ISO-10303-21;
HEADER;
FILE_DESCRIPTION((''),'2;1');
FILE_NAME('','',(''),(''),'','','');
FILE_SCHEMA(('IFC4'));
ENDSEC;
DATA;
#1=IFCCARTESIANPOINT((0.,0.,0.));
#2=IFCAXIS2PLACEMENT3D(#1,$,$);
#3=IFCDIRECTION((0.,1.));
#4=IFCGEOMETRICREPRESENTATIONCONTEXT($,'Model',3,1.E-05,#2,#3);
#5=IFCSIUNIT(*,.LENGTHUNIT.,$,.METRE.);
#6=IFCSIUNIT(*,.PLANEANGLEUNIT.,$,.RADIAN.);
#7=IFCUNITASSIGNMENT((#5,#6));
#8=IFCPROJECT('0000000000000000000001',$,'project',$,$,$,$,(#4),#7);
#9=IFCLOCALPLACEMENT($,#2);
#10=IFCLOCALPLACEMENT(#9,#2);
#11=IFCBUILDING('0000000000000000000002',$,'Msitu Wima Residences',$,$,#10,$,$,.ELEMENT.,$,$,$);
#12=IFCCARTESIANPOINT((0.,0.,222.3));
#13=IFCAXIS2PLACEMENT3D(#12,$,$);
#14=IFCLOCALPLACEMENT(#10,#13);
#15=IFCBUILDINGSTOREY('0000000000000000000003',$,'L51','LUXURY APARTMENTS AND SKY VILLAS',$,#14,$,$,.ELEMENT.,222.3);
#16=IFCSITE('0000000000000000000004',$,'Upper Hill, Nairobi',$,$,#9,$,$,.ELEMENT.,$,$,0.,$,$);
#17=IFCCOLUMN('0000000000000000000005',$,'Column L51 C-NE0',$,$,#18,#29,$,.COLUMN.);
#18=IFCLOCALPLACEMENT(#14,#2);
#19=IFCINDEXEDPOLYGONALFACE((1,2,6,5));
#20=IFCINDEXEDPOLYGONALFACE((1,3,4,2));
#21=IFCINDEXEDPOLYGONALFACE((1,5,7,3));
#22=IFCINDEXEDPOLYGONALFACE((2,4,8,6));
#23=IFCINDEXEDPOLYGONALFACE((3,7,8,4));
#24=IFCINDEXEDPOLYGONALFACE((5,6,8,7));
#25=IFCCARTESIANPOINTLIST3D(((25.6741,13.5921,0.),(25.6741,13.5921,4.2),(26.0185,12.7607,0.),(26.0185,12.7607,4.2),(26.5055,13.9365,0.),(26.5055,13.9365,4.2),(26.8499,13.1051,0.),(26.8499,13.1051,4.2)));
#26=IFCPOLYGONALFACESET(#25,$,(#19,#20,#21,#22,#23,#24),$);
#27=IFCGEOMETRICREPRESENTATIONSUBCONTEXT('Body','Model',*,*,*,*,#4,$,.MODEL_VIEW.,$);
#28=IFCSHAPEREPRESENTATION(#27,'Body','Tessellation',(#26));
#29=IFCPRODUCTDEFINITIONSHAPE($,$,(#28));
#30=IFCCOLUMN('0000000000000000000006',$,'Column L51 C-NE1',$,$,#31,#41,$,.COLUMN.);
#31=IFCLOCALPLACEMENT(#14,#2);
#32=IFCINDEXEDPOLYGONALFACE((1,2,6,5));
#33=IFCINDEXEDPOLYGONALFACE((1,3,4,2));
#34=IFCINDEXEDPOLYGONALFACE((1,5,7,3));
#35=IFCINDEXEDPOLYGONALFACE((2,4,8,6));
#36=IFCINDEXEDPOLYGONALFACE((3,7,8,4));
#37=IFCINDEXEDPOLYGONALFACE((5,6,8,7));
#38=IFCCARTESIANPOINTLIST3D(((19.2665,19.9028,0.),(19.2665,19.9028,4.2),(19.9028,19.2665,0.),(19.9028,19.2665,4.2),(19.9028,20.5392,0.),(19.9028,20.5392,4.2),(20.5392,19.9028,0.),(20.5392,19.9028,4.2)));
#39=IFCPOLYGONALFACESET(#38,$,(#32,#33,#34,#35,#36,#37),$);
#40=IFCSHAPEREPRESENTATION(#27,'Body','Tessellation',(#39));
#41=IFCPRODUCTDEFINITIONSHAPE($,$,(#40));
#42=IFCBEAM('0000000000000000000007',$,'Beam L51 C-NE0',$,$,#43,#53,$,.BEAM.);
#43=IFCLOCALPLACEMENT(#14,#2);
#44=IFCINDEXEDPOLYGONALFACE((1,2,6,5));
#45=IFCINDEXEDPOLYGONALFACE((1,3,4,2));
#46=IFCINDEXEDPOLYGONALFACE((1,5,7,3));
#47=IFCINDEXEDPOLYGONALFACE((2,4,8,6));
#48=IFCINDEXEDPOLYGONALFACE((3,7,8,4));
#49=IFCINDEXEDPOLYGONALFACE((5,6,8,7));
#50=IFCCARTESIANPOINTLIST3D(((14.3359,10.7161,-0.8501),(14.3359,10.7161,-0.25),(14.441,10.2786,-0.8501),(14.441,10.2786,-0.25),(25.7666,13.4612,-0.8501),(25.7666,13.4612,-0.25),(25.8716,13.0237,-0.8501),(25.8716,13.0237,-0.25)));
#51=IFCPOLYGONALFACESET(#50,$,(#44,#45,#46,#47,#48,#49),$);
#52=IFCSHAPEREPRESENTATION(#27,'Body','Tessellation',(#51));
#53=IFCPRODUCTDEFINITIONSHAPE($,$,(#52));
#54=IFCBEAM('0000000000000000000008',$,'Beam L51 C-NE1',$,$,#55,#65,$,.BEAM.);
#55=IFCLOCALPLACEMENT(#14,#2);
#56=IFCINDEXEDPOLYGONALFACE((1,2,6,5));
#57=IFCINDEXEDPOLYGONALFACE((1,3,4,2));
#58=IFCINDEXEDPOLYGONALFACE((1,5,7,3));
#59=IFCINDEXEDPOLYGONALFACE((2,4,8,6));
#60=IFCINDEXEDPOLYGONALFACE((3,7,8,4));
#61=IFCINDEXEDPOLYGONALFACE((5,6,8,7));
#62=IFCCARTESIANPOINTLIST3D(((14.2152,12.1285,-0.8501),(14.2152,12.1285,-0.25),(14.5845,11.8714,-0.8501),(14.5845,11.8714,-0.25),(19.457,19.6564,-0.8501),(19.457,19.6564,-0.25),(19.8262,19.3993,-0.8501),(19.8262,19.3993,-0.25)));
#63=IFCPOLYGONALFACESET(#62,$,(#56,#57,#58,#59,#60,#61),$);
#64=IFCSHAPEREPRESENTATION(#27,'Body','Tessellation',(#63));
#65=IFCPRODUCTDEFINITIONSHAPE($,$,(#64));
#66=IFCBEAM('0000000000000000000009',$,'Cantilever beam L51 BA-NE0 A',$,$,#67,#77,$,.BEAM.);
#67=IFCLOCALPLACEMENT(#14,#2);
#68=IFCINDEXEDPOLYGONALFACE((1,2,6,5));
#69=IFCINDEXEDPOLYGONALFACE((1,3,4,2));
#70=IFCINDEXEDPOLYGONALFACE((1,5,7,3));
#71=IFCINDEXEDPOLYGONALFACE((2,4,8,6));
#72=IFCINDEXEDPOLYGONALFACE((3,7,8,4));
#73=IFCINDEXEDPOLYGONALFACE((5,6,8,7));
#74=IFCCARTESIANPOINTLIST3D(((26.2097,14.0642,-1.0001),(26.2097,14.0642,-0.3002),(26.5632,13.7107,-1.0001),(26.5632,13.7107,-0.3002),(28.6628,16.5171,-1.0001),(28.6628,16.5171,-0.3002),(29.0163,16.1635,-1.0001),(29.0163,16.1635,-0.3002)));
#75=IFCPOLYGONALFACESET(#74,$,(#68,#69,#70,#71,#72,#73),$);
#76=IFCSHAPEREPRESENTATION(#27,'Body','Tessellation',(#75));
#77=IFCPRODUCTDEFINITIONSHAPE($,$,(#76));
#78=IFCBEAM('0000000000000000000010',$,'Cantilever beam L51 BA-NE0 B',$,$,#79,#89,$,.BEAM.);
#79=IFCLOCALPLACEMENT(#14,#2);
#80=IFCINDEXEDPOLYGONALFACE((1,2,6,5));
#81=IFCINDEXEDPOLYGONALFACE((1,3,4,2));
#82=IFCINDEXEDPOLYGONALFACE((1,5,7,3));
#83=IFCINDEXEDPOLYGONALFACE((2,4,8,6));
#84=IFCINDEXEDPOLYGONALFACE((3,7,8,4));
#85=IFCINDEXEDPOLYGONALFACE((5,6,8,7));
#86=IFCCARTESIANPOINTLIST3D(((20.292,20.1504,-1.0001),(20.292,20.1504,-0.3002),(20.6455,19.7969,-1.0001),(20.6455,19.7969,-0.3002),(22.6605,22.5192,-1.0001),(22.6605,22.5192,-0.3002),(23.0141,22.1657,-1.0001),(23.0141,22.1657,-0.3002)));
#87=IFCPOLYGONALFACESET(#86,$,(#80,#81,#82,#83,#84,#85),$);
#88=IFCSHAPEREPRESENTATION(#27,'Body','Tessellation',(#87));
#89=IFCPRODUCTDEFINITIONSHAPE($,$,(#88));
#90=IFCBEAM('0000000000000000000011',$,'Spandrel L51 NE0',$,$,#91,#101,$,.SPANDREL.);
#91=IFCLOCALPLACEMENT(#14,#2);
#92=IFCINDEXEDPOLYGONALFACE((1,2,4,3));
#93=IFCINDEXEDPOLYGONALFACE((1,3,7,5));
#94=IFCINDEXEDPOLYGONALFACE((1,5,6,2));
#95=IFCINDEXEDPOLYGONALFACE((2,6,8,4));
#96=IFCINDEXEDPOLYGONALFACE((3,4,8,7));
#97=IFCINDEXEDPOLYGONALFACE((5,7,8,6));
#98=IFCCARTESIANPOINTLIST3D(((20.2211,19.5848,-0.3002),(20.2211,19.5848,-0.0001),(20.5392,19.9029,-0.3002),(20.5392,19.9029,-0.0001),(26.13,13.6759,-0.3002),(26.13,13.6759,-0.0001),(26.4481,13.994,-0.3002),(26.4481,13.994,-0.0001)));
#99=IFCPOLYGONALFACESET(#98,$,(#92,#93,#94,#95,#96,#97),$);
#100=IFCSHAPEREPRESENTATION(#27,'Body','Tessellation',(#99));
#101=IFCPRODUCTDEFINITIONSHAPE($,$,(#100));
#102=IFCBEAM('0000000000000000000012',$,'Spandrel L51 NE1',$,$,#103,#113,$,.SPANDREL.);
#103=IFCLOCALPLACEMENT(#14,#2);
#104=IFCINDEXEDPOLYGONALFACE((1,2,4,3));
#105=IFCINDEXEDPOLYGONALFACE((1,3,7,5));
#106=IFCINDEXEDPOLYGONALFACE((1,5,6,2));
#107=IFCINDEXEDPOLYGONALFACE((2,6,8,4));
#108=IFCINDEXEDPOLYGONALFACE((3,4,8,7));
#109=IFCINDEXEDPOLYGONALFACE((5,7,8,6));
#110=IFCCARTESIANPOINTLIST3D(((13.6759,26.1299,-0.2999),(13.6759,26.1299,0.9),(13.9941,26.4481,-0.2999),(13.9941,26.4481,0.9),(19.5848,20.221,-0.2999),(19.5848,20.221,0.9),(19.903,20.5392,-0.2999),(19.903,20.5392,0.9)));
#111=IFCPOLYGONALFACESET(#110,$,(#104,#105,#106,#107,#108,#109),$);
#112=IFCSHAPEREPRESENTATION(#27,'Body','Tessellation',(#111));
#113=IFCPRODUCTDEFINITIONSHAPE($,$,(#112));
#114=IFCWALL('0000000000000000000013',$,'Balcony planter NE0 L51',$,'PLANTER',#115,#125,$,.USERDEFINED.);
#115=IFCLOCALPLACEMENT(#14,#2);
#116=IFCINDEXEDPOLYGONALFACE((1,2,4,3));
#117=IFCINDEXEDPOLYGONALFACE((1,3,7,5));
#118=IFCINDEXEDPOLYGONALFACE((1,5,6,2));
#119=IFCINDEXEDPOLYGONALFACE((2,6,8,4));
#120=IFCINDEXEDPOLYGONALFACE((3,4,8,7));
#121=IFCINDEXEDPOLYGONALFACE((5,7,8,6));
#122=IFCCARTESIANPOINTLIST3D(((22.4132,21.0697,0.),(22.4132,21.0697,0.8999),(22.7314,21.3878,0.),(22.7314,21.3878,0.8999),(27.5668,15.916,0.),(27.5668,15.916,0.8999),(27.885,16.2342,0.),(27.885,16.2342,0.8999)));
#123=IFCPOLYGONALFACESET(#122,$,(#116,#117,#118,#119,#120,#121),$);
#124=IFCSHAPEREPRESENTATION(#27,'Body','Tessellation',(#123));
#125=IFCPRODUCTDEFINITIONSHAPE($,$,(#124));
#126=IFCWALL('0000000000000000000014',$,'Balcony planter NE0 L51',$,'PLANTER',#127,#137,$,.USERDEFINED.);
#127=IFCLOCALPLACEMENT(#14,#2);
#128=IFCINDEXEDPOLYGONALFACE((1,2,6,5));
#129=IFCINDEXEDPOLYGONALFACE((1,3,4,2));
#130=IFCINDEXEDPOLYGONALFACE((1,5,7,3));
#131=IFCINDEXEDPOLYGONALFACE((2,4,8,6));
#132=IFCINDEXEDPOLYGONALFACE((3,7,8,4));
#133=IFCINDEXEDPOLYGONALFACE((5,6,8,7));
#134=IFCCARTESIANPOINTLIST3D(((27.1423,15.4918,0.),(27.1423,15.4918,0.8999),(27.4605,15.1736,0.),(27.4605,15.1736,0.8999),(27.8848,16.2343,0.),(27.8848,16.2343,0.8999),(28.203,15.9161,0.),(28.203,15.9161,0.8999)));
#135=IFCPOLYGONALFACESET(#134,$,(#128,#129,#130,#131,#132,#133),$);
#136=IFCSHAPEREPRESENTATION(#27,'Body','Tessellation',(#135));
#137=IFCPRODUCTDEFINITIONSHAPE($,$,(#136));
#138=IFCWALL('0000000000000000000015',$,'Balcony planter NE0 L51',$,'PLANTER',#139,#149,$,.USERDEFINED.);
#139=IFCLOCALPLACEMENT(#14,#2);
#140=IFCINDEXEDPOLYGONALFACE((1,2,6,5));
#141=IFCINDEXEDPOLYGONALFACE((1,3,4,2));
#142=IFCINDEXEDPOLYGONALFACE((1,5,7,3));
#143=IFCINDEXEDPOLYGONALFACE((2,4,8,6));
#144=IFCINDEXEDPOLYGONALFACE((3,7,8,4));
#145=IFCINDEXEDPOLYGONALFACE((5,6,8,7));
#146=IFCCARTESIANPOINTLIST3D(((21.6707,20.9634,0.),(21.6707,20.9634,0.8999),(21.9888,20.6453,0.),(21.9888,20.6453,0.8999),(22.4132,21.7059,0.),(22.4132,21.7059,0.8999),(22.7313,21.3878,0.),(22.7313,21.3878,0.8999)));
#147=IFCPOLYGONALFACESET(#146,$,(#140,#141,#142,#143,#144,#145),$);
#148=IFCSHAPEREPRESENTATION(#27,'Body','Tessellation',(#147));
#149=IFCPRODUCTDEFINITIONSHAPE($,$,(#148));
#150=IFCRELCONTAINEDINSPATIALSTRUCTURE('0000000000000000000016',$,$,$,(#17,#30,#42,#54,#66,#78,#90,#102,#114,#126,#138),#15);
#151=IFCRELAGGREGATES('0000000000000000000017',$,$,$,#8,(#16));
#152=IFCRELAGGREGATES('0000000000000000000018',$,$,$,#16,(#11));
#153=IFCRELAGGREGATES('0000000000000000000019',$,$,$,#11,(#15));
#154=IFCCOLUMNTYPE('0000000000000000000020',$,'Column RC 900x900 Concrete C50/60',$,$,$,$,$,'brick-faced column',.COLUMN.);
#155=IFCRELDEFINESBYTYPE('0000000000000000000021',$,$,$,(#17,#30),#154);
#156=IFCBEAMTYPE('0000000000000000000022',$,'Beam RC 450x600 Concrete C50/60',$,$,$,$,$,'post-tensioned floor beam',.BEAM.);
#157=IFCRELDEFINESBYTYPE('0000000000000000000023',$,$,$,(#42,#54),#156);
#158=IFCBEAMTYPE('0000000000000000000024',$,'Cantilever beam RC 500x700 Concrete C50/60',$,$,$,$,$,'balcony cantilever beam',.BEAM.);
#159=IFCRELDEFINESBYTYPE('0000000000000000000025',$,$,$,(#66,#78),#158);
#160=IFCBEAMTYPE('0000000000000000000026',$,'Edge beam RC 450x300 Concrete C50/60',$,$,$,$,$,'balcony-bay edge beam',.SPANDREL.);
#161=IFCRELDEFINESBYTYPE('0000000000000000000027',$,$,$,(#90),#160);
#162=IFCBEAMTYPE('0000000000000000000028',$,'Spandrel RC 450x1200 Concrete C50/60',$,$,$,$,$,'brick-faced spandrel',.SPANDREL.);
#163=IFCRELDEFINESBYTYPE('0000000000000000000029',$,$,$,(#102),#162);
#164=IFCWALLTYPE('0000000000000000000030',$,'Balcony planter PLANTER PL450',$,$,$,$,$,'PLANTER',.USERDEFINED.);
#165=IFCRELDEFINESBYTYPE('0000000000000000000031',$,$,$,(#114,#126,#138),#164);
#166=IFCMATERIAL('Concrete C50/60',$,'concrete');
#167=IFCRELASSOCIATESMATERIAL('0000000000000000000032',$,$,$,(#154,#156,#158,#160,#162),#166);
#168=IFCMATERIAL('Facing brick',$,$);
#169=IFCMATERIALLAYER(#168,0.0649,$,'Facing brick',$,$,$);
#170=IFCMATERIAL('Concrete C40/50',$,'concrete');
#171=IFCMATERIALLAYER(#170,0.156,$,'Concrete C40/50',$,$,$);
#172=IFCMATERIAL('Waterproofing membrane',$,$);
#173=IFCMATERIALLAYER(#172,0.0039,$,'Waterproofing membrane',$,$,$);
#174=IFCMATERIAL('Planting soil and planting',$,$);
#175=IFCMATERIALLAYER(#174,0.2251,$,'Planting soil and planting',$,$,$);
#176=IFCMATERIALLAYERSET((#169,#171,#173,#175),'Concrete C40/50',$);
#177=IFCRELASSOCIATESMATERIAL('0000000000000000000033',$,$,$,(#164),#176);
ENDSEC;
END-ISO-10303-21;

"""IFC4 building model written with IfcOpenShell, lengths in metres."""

from ifc_helpers import new_model, si_unit, direction, frame, frame_2d, origin, origin_2d, place, context, subcontext, project, spatial, rectangle, extrude, material, layer, layer_set, material_profile, profile_set, type_object, element, save


model = new_model("IFC4")

# Units and contexts
model_context = context("Model", 3, precision=1e-05, world=origin(), true_north=direction((0.0, 1.0)))
body_context = subcontext(model_context, "Body", "Model", "MODEL_VIEW")
ifc_project = project(units=[si_unit("LENGTHUNIT", "METRE"), si_unit("PLANEANGLEUNIT", "RADIAN")], contexts=[model_context])

# Site, building, storey
site_placement = place(None, origin())
site = spatial("IfcSite", under=ifc_project, at=site_placement, Name="Upper Hill, Nairobi", CompositionType="ELEMENT", RefElevation=0.0)
building_placement = place(site_placement, origin())
building = spatial("IfcBuilding", under=site, at=building_placement, Name="Msitu Wima Residences", CompositionType="ELEMENT")
storey_placement = place(building_placement, frame((0.0, 0.0, 222.3)))
storey = spatial("IfcBuildingStorey", under=building, at=storey_placement, Name="L51", Description="LUXURY APARTMENTS AND SKY VILLAS", CompositionType="ELEMENT", Elevation=222.3)

# Columns
ifc_material_1 = material(Name="Concrete C50/60", Category="concrete")
ifc_material_profile_1 = material_profile(ifc_material_1, rectangle(XDim=0.8999, YDim=0.8999, at=origin_2d()), Name="RC 900x900")
ifc_profile_set_1 = profile_set([ifc_material_profile_1], Name="Concrete C50/60")
column_type = type_object("IfcColumnType", Name="Column RC 900x900 Concrete C50/60", ElementType="brick-faced column", PredefinedType="COLUMN", material=ifc_profile_set_1)
for number, where, z_axis, x_axis, name in (
    (1, (26.262, 13.3486, 0.0), (0.0, 0.0, 1.0), (-0.382683, 0.92388, 0.0), "Column L51 C-NE0"),
    (2, (19.9028, 19.9028, 0.0), (0.0, 0.0, 1.0), (-0.707107, 0.707107, 0.0), "Column L51 C-NE1"),
):
    element("IfcColumn", number, at=place(storey_placement, frame(where, z_axis=z_axis, x_axis=x_axis)), inside=storey, type_object=column_type, Name=name, PredefinedType="COLUMN", context=body_context, shape_type="SweptSolid", body=[
        extrude(rectangle(XDim=0.8999, YDim=0.8999, at=origin_2d()), origin(), (0.0, 0.0, 1.0), 4.2),
    ])

# Beams
ifc_material_profile_2 = material_profile(ifc_material_1, rectangle(XDim=0.45, YDim=0.6001, at=origin_2d()), Name="RC 450x600")
ifc_profile_set_2 = profile_set([ifc_material_profile_2], Name="Concrete C50/60")
beam_type_1 = type_object("IfcBeamType", Name="Beam RC 450x600 Concrete C50/60", ElementType="post-tensioned floor beam", PredefinedType="BEAM", material=ifc_profile_set_2)
beam_1_placement = place(storey_placement, frame((25.8191, 13.2424, -0.55), z_axis=(-0.972353, -0.233514, 0.0), x_axis=(0.233514, -0.972353, 0.0)))
element("IfcBeam", 3, at=beam_1_placement, inside=storey, type_object=beam_type_1, Name="Beam L51 C-NE0", PredefinedType="BEAM", context=body_context, shape_type="SweptSolid", body=[
    extrude(rectangle(XDim=0.45, YDim=0.6001, at=origin_2d()), origin(), (0.0, 0.0, 1.0), 11.7556),
])
beam_2_placement = place(storey_placement, frame((19.6416, 19.5278, -0.55), z_axis=(-0.571428, -0.820652, 0.0), x_axis=(0.820652, -0.571428, 0.0)))
element("IfcBeam", 4, at=beam_2_placement, inside=storey, type_object=beam_type_1, Name="Beam L51 C-NE1", PredefinedType="BEAM", context=body_context, shape_type="SweptSolid", body=[
    extrude(rectangle(XDim=0.45, YDim=0.6001, at=origin_2d()), origin(), (0.0, 0.0, 1.0), 9.1731),
])
ifc_material_profile_3 = material_profile(ifc_material_1, rectangle(XDim=0.5, YDim=0.7, at=origin_2d()), Name="RC 500x700")
ifc_profile_set_3 = profile_set([ifc_material_profile_3], Name="Concrete C50/60")
beam_type_2 = type_object("IfcBeamType", Name="Cantilever beam RC 500x700 Concrete C50/60", ElementType="balcony cantilever beam", PredefinedType="BEAM", material=ifc_profile_set_3)
beam_3_placement = place(storey_placement, frame((26.3865, 13.8875, -0.6501), z_axis=(0.707142, 0.707072, 0.0), x_axis=(-0.707072, 0.707142, 0.0)))
element("IfcBeam", 5, at=beam_3_placement, inside=storey, type_object=beam_type_2, Name="Cantilever beam L51 BA-NE0 A", PredefinedType="BEAM", context=body_context, shape_type="SweptSolid", body=[
    extrude(rectangle(XDim=0.5, YDim=0.7, at=origin_2d()), origin(), (0.0, 0.0, 1.0), 3.469),
])
beam_4_placement = place(storey_placement, frame((20.4688, 19.9736, -0.6501), z_axis=(0.70707, 0.707143, 0.0), x_axis=(-0.707143, 0.70707, 0.0)))
element("IfcBeam", 6, at=beam_4_placement, inside=storey, type_object=beam_type_2, Name="Cantilever beam L51 BA-NE0 B", PredefinedType="BEAM", context=body_context, shape_type="SweptSolid", body=[
    extrude(rectangle(XDim=0.5, YDim=0.7, at=origin_2d()), origin(), (0.0, 0.0, 1.0), 3.3499),
])
ifc_material_profile_4 = material_profile(ifc_material_1, rectangle(XDim=0.45, YDim=0.3, at=origin_2d()), Name="RC 450x300")
ifc_profile_set_4 = profile_set([ifc_material_profile_4], Name="Concrete C50/60")
beam_type_3 = type_object("IfcBeamType", Name="Edge beam RC 450x300 Concrete C50/60", ElementType="balcony-bay edge beam", PredefinedType="SPANDREL", material=ifc_profile_set_4)
beam_5_placement = place(storey_placement, frame((26.2891, 13.835, -0.1501), z_axis=(-0.707107, 0.707107, 0.0), x_axis=(-0.707107, -0.707107, 0.0)))
element("IfcBeam", 7, at=beam_5_placement, inside=storey, type_object=beam_type_3, Name="Spandrel L51 NE0", PredefinedType="SPANDREL", context=body_context, shape_type="SweptSolid", body=[
    extrude(rectangle(XDim=0.45, YDim=0.3, at=origin_2d()), origin(), (0.0, 0.0, 1.0), 8.3564),
])
ifc_material_profile_5 = material_profile(ifc_material_1, rectangle(XDim=0.45, YDim=1.2, at=origin_2d()), Name="RC 450x1200")
ifc_profile_set_5 = profile_set([ifc_material_profile_5], Name="Concrete C50/60")
beam_type_4 = type_object("IfcBeamType", Name="Spandrel RC 450x1200 Concrete C50/60", ElementType="brick-faced spandrel", PredefinedType="SPANDREL", material=ifc_profile_set_5)
beam_6_placement = place(storey_placement, frame((19.7439, 20.3801, 0.3), z_axis=(-0.707107, 0.707107, 0.0), x_axis=(-0.707107, -0.707107, 0.0)))
element("IfcBeam", 8, at=beam_6_placement, inside=storey, type_object=beam_type_4, Name="Spandrel L51 NE1", PredefinedType="SPANDREL", context=body_context, shape_type="SweptSolid", body=[
    extrude(rectangle(XDim=0.45, YDim=1.2, at=origin_2d()), origin(), (0.0, 0.0, 1.0), 8.3564),
])

# Walls
ifc_material_2 = material(Name="Facing brick")
ifc_layer_1 = layer(ifc_material_2, 0.0649, Name="Facing brick")
ifc_material_3 = material(Name="Concrete C40/50", Category="concrete")
ifc_layer_2 = layer(ifc_material_3, 0.156, Name="Concrete C40/50")
ifc_material_4 = material(Name="Waterproofing membrane")
ifc_layer_3 = layer(ifc_material_4, 0.0039, Name="Waterproofing membrane")
ifc_material_5 = material(Name="Planting soil and planting")
ifc_layer_4 = layer(ifc_material_5, 0.2251, Name="Planting soil and planting")
ifc_layer_set_1 = layer_set([ifc_layer_1, ifc_layer_2, ifc_layer_3, ifc_layer_4], Name="Concrete C40/50")
wall_type_1 = type_object("IfcWallType", Name="Balcony planter PLANTER PL450", ElementType="PLANTER", PredefinedType="USERDEFINED", material=ifc_layer_set_1)
wall_1_placement = place(storey_placement, frame((27.7258, 16.0752, 0.0), z_axis=(0.0, 0.0, 1.0), x_axis=(-0.707107, 0.707107, 0.0)))
element("IfcWall", 9, at=wall_1_placement, inside=storey, type_object=wall_type_1, Name="Balcony planter NE0 L51", ObjectType="PLANTER", PredefinedType="USERDEFINED", context=body_context, shape_type="SweptSolid", body=[
    extrude(rectangle(XDim=7.2883, YDim=0.45, at=frame_2d((3.644, 0.0))), origin(), (0.0, 0.0, 1.0), 0.8999),
])
for number, where, z_axis, x_axis, name in (
    (10, (27.3015, 15.3328, 0.0), (0.0, 0.0, 1.0), (0.707107, 0.707107, 0.0), "Balcony planter NE0 L51"),
    (11, (21.8298, 20.8044, 0.0), (0.0, 0.0, 1.0), (0.707107, 0.707107, 0.0), "Balcony planter NE0 L51"),
):
    element("IfcWall", number, at=place(storey_placement, frame(where, z_axis=z_axis, x_axis=x_axis)), inside=storey, type_object=wall_type_1, Name=name, ObjectType="PLANTER", PredefinedType="USERDEFINED", context=body_context, shape_type="SweptSolid", body=[
        extrude(rectangle(XDim=1.05, YDim=0.45, at=frame_2d((0.5249, 0.0))), origin(), (0.0, 0.0, 1.0), 0.8999),
    ])

save(model, "model.ifc")
